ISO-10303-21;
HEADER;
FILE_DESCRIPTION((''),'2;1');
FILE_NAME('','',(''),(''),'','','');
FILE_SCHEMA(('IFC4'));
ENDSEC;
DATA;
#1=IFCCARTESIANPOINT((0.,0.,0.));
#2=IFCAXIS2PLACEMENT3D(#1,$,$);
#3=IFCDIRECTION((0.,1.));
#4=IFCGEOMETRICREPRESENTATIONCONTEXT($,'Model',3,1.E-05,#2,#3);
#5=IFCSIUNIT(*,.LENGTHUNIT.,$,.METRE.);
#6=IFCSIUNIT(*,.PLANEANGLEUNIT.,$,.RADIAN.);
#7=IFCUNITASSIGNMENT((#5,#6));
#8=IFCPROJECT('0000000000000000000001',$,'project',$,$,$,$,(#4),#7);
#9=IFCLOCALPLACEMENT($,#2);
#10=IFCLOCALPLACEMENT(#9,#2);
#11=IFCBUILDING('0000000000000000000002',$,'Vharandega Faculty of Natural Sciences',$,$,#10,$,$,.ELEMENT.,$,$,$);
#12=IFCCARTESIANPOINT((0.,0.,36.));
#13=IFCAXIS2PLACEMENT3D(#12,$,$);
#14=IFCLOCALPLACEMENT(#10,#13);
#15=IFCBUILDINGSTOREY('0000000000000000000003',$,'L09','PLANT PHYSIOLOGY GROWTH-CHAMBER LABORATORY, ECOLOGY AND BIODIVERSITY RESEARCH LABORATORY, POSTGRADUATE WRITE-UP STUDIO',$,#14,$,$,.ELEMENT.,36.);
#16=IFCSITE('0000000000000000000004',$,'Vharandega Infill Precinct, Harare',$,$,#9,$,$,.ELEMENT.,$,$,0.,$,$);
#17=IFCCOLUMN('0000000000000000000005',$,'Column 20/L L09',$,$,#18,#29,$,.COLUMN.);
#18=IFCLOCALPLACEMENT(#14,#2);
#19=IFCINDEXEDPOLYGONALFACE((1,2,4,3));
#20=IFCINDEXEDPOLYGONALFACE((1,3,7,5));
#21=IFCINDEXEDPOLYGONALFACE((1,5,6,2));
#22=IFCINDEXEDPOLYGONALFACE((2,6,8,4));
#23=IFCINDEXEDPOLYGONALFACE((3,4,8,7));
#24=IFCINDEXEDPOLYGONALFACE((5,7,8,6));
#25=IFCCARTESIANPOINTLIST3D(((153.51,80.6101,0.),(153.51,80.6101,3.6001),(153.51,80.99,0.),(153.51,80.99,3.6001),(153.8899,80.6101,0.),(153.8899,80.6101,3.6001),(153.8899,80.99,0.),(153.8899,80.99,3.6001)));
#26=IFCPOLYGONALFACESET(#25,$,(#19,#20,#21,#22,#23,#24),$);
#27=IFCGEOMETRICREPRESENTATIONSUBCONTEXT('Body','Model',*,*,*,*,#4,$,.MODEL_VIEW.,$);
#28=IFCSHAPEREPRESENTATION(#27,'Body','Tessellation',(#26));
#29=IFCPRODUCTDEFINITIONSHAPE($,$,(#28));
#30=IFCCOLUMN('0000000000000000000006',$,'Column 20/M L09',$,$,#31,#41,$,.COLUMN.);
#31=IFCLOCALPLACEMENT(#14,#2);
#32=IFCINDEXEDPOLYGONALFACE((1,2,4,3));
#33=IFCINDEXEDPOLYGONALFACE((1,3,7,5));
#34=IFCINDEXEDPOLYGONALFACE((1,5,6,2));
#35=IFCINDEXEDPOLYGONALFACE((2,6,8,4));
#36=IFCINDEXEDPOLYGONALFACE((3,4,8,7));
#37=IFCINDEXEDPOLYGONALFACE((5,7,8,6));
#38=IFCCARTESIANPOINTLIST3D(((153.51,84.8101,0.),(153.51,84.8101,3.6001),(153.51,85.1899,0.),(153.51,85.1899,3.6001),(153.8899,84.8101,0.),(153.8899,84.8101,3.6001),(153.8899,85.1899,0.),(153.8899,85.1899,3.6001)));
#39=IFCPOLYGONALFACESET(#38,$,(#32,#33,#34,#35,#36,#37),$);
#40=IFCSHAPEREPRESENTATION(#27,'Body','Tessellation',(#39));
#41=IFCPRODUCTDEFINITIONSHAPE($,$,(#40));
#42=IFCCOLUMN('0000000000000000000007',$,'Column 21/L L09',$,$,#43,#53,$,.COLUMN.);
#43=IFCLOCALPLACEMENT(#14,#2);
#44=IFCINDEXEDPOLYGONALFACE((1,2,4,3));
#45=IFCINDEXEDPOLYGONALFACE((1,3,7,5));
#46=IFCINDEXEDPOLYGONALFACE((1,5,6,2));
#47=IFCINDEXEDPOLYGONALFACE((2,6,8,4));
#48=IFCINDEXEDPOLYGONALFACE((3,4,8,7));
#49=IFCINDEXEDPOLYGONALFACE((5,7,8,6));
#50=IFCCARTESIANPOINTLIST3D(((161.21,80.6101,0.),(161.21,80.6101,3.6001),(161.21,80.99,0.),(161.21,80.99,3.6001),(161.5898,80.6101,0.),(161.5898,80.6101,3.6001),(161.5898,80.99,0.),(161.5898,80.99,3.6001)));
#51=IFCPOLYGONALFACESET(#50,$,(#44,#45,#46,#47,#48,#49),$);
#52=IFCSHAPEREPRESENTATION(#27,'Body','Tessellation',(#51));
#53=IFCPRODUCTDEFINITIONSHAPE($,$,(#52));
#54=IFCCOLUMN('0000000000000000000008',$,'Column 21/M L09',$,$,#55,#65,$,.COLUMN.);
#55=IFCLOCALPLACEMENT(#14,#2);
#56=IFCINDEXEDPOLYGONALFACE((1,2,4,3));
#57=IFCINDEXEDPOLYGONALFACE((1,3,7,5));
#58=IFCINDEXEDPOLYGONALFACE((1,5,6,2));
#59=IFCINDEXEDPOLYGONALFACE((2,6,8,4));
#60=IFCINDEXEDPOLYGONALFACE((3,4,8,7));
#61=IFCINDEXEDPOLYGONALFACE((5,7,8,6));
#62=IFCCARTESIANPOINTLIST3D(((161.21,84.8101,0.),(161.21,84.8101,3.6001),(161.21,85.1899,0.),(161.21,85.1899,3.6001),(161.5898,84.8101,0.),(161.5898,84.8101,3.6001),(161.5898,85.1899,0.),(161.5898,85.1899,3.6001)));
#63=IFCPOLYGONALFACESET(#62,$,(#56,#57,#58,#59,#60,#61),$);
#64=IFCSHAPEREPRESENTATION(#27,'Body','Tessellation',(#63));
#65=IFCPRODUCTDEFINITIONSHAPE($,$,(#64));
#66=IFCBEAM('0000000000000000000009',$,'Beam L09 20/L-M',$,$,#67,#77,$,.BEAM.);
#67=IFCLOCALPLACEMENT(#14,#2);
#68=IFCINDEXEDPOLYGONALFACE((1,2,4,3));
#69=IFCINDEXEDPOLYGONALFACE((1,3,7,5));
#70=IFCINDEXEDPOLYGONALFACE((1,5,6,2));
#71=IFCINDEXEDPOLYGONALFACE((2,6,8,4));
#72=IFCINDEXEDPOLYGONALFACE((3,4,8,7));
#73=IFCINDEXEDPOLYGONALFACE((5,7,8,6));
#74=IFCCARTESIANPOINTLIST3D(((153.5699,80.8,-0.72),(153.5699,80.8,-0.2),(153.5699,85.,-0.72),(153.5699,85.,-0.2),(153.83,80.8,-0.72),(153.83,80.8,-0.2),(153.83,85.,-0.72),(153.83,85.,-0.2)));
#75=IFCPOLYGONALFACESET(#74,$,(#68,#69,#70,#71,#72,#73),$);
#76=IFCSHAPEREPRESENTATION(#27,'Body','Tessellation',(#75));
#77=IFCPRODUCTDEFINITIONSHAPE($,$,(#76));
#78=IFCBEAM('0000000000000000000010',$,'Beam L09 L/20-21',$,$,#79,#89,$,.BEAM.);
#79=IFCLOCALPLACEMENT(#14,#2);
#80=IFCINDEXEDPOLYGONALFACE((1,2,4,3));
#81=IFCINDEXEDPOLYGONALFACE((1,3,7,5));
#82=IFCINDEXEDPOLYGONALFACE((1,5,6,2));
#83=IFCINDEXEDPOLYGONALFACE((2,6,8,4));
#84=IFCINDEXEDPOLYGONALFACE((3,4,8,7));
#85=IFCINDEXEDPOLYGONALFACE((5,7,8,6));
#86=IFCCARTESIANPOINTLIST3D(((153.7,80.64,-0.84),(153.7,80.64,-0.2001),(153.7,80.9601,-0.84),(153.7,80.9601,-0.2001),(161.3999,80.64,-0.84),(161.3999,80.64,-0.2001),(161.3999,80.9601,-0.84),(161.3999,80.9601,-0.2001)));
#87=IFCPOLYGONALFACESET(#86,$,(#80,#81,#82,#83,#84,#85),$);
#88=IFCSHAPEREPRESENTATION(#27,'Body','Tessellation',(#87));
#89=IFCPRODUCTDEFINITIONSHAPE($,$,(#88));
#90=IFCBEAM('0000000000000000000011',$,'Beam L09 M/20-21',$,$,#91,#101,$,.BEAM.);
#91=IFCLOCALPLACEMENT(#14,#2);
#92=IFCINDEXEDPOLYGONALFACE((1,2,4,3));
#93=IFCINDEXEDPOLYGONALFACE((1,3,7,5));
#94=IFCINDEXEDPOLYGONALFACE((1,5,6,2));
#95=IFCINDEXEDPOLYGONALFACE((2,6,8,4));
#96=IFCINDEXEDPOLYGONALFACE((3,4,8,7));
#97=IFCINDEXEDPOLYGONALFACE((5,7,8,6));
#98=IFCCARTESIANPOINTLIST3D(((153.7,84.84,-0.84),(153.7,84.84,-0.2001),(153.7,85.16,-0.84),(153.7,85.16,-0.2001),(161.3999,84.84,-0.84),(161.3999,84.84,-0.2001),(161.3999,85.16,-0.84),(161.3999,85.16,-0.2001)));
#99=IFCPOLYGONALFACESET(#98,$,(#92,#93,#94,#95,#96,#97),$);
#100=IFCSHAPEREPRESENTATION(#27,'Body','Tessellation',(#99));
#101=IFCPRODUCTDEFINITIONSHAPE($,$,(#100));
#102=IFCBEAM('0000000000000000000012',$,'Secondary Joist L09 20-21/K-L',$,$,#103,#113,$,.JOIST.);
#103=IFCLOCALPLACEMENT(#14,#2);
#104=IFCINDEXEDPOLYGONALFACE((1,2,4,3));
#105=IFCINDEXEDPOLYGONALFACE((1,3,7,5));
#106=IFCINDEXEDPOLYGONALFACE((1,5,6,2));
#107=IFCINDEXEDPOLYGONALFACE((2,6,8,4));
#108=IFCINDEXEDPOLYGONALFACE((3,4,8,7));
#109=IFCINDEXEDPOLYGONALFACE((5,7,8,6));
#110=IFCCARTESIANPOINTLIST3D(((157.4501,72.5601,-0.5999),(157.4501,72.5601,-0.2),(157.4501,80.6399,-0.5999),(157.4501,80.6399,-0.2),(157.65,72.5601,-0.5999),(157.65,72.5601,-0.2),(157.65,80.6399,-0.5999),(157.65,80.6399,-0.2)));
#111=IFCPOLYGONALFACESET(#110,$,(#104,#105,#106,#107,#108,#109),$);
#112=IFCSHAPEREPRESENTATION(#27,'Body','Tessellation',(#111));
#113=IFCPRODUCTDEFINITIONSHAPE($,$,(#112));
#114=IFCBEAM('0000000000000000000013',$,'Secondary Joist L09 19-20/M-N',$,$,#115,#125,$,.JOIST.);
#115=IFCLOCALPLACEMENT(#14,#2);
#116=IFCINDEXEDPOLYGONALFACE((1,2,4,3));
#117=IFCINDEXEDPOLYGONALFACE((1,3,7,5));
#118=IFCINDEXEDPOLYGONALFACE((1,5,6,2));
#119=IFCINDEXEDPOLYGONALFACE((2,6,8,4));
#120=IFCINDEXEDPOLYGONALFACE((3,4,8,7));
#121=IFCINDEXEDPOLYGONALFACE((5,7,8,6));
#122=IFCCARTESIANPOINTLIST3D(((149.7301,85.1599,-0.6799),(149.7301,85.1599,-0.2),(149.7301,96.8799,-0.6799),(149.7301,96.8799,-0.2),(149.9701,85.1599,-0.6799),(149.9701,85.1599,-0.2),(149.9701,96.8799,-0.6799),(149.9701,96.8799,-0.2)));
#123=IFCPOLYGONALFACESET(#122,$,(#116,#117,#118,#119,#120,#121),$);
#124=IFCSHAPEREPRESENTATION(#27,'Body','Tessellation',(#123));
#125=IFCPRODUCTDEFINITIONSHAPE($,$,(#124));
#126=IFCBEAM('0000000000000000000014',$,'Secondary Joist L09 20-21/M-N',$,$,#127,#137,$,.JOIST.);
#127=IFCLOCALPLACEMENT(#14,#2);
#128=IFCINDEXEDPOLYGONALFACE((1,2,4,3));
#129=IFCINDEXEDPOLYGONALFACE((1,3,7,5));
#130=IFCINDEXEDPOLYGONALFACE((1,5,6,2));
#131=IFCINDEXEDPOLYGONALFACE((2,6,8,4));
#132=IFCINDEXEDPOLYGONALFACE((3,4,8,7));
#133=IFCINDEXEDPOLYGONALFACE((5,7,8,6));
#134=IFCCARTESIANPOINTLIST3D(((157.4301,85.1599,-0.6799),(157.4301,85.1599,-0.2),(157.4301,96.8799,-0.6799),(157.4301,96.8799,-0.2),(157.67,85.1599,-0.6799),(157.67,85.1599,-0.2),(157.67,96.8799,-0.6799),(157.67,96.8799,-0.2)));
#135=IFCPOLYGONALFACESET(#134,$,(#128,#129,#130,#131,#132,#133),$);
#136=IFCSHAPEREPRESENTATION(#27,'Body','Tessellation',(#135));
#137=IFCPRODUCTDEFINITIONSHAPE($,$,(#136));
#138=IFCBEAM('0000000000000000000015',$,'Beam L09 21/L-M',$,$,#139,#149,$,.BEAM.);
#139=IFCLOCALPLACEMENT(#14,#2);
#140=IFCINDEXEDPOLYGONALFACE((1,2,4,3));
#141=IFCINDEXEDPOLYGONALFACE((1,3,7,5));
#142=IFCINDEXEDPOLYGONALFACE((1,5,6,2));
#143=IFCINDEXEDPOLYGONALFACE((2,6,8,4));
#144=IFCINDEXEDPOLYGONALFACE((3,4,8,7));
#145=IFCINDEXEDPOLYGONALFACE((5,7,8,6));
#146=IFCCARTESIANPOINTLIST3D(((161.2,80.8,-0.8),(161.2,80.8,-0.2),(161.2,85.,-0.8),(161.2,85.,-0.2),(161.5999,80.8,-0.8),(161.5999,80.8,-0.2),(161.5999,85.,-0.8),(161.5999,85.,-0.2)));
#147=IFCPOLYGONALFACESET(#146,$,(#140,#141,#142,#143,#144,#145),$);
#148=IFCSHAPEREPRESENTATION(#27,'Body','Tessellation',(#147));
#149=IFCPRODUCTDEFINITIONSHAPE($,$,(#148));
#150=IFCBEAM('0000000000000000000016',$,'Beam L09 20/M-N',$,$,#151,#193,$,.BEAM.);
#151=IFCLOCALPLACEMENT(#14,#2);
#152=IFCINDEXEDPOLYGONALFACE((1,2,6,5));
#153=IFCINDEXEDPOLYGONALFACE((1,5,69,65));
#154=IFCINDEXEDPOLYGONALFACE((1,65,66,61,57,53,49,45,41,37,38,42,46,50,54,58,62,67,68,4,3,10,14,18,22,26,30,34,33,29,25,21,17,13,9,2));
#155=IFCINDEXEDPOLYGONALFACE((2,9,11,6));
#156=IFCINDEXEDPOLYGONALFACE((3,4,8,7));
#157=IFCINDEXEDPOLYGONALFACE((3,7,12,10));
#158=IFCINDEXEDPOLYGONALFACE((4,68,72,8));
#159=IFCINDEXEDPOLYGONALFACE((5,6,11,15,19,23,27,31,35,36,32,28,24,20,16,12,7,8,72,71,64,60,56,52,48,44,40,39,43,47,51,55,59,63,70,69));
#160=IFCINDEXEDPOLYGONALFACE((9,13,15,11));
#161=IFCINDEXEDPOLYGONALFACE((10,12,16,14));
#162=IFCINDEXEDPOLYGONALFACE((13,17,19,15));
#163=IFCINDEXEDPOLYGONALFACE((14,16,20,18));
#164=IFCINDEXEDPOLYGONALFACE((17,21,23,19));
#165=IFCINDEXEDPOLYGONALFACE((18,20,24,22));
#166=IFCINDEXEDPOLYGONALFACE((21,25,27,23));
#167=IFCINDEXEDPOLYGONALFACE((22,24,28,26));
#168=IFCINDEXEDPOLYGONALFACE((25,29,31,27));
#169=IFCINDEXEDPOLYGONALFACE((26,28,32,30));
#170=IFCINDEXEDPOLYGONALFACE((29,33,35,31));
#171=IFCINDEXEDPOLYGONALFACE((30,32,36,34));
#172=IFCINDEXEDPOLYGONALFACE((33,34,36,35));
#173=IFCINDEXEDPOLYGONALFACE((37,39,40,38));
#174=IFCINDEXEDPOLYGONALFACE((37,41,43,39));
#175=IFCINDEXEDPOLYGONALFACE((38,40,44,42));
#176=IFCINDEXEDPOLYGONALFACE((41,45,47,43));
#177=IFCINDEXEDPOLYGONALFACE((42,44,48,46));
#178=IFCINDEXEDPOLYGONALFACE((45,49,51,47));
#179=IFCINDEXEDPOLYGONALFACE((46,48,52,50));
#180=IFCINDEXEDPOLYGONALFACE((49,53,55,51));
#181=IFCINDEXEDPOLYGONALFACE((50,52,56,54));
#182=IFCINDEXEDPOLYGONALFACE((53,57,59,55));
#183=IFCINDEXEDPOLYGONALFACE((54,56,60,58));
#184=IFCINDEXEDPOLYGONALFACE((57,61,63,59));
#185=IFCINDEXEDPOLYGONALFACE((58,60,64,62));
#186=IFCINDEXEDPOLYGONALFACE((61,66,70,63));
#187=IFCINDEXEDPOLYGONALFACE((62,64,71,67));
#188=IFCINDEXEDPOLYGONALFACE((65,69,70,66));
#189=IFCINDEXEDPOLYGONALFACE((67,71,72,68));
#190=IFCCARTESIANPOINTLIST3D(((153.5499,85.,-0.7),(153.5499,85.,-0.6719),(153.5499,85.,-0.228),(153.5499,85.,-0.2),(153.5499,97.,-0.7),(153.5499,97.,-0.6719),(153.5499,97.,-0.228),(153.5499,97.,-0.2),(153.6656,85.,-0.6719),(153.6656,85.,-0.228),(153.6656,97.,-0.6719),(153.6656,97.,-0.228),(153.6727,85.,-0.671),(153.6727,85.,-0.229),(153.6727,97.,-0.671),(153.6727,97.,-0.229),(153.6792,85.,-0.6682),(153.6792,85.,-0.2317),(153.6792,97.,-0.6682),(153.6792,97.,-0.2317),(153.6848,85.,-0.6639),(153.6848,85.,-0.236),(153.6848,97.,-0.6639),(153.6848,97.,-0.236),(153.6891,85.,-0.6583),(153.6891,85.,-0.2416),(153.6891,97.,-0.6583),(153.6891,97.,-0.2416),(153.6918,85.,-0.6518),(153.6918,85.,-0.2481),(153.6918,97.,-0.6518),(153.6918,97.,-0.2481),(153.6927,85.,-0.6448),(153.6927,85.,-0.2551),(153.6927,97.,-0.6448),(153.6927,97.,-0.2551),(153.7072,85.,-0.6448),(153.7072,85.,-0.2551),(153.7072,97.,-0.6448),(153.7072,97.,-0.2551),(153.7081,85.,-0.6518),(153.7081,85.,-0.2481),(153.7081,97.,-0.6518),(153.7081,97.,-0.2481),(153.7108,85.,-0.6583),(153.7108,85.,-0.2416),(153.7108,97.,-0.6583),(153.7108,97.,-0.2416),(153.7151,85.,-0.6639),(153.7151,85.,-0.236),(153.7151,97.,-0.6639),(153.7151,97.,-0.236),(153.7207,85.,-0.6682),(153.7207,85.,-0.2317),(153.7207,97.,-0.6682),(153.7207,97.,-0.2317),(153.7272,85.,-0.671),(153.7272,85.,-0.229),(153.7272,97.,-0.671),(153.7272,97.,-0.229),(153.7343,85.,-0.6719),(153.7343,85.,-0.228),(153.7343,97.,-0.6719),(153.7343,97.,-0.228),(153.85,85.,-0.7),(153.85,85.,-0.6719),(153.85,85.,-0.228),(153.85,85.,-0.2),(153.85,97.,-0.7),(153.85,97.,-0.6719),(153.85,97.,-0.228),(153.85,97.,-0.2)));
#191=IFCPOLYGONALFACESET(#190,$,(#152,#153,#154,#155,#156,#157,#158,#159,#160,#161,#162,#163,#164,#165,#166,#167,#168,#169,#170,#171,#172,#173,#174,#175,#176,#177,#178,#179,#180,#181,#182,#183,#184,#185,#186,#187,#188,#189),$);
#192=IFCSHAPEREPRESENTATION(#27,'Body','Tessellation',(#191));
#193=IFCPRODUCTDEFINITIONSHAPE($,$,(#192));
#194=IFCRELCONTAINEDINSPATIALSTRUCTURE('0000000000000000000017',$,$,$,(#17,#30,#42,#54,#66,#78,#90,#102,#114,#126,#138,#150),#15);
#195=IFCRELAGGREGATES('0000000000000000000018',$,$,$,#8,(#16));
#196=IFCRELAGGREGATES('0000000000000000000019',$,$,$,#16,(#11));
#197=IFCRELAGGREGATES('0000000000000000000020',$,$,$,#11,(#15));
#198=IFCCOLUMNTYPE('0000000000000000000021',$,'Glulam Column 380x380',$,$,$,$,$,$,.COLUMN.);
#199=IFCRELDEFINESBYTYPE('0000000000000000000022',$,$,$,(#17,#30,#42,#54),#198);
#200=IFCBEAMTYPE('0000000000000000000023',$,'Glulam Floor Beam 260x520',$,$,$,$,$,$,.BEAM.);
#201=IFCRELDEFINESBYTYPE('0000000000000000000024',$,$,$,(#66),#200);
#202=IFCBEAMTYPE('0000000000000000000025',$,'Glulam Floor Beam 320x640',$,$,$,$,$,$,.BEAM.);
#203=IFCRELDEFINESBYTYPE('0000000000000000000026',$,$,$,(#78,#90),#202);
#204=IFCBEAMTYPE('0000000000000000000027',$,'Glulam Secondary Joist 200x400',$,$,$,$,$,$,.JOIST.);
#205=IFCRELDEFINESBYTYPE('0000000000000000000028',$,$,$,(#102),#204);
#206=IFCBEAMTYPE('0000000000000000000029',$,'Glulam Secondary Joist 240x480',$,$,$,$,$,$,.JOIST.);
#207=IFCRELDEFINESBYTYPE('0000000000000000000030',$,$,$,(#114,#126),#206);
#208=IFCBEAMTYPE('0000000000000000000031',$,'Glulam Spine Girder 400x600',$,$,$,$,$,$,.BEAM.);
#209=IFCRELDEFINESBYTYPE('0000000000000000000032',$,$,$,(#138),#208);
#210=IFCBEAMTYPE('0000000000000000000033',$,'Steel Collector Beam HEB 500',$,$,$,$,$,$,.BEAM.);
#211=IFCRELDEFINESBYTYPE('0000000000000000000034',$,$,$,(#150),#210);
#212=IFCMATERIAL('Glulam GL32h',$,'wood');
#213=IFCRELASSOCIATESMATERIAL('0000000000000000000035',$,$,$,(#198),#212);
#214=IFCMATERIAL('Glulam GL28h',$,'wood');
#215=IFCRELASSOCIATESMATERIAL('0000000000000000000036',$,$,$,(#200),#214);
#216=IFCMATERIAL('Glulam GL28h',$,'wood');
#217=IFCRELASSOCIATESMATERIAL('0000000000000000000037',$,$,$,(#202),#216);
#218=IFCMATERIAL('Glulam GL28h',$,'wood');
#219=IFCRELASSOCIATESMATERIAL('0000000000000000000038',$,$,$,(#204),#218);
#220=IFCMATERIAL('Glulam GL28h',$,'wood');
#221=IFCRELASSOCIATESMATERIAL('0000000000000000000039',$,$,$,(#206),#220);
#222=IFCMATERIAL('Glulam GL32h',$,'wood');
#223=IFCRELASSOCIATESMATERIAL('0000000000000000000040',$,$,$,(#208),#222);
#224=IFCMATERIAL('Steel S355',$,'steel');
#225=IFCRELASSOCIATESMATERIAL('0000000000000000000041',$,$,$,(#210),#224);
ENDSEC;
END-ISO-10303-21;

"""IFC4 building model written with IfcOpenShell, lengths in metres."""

from ifc_helpers import new_model, si_unit, direction, frame, origin, origin_2d, place, context, subcontext, project, spatial, rectangle, i_section, extrude, material, material_profile, profile_set, type_object, element, save


model = new_model("IFC4")

# Units and contexts
model_context = context("Model", 3, precision=1e-05, world=origin(), true_north=direction((0.0, 1.0)))
body_context = subcontext(model_context, "Body", "Model", "MODEL_VIEW")
ifc_project = project(units=[si_unit("LENGTHUNIT", "METRE"), si_unit("PLANEANGLEUNIT", "RADIAN")], contexts=[model_context])

# Site, building, storey
site_placement = place(None, origin())
site = spatial("IfcSite", under=ifc_project, at=site_placement, Name="Vharandega Infill Precinct, Harare", CompositionType="ELEMENT", RefElevation=0.0)
building_placement = place(site_placement, origin())
building = spatial("IfcBuilding", under=site, at=building_placement, Name="Vharandega Faculty of Natural Sciences", CompositionType="ELEMENT")
storey_placement = place(building_placement, frame((0.0, 0.0, 36.0)))
storey = spatial("IfcBuildingStorey", under=building, at=storey_placement, Name="L09", Description="PLANT PHYSIOLOGY GROWTH-CHAMBER LABORATORY, ECOLOGY AND BIODIVERSITY RESEARCH LABORATORY, POSTGRADUATE WRITE-UP STUDIO", CompositionType="ELEMENT", Elevation=36.0)

# Columns
ifc_material_1 = material(Name="Glulam GL32h", Category="wood")
ifc_material_profile_1 = material_profile(ifc_material_1, rectangle(XDim=0.3799, YDim=0.3799, at=origin_2d()), Name="GL32h 380x380")
ifc_profile_set_1 = profile_set([ifc_material_profile_1], Name="Glulam GL32h")
column_type = type_object("IfcColumnType", Name="Glulam Column 380x380", PredefinedType="COLUMN", material=ifc_profile_set_1)
for number, where, z_axis, x_axis, name in (
    (1, (153.7, 80.8, 0.0), (0.0, 0.0, 1.0), (1.0, 0.0, 0.0), "Column 20/L L09"),
    (2, (153.7, 85.0, 0.0), (0.0, 0.0, 1.0), (1.0, 0.0, 0.0), "Column 20/M L09"),
    (3, (161.3999, 80.8, 0.0), (0.0, 0.0, 1.0), (1.0, 0.0, 0.0), "Column 21/L L09"),
    (4, (161.3999, 85.0, 0.0), (0.0, 0.0, 1.0), (1.0, 0.0, 0.0), "Column 21/M L09"),
):
    element("IfcColumn", number, at=place(storey_placement, frame(where, z_axis=z_axis, x_axis=x_axis)), inside=storey, type_object=column_type, Name=name, PredefinedType="COLUMN", context=body_context, shape_type="SweptSolid", body=[
        extrude(rectangle(XDim=0.3799, YDim=0.3799, at=origin_2d()), origin(), (0.0, 0.0, 1.0), 3.6001),
    ])

# Beams
ifc_material_2 = material(Name="Glulam GL28h", Category="wood")
ifc_material_profile_2 = material_profile(ifc_material_2, rectangle(XDim=0.26, YDim=0.52, at=origin_2d()), Name="GL28h 260x520")
ifc_profile_set_2 = profile_set([ifc_material_profile_2], Name="Glulam GL28h")
beam_type_1 = type_object("IfcBeamType", Name="Glulam Floor Beam 260x520", PredefinedType="BEAM", material=ifc_profile_set_2)
beam_1_placement = place(storey_placement, frame((153.7, 80.8, -0.46), z_axis=(0.0, 1.0, 0.0), x_axis=(-1.0, 0.0, 0.0)))
element("IfcBeam", 5, at=beam_1_placement, inside=storey, type_object=beam_type_1, Name="Beam L09 20/L-M", PredefinedType="BEAM", context=body_context, shape_type="SweptSolid", body=[
    extrude(rectangle(XDim=0.26, YDim=0.52, at=origin_2d()), origin(), (0.0, 0.0, 1.0), 4.2),
])
ifc_material_3 = material(Name="Glulam GL28h", Category="wood")
ifc_material_profile_3 = material_profile(ifc_material_3, rectangle(XDim=0.3201, YDim=0.6399, at=origin_2d()), Name="GL28h 320x640")
ifc_profile_set_3 = profile_set([ifc_material_profile_3], Name="Glulam GL28h")
beam_type_2 = type_object("IfcBeamType", Name="Glulam Floor Beam 320x640", PredefinedType="BEAM", material=ifc_profile_set_3)
for number, where, z_axis, x_axis, name in (
    (6, (153.7, 80.8, -0.52), (1.0, 0.0, 0.0), (0.0, 1.0, 0.0), "Beam L09 L/20-21"),
    (7, (153.7, 85.0, -0.52), (1.0, 0.0, 0.0), (0.0, 1.0, 0.0), "Beam L09 M/20-21"),
):
    element("IfcBeam", number, at=place(storey_placement, frame(where, z_axis=z_axis, x_axis=x_axis)), inside=storey, type_object=beam_type_2, Name=name, PredefinedType="BEAM", context=body_context, shape_type="SweptSolid", body=[
        extrude(rectangle(XDim=0.3201, YDim=0.6399, at=origin_2d()), origin(), (0.0, 0.0, 1.0), 7.7),
    ])
ifc_material_4 = material(Name="Glulam GL28h", Category="wood")
ifc_material_profile_4 = material_profile(ifc_material_4, rectangle(XDim=0.2, YDim=0.3999, at=origin_2d()), Name="GL28h 200x400")
ifc_profile_set_4 = profile_set([ifc_material_profile_4], Name="Glulam GL28h")
beam_type_3 = type_object("IfcBeamType", Name="Glulam Secondary Joist 200x400", PredefinedType="JOIST", material=ifc_profile_set_4)
beam_2_placement = place(storey_placement, frame((157.55, 72.5601, -0.3999), z_axis=(0.0, 1.0, 0.0), x_axis=(-1.0, 0.0, 0.0)))
element("IfcBeam", 8, at=beam_2_placement, inside=storey, type_object=beam_type_3, Name="Secondary Joist L09 20-21/K-L", PredefinedType="JOIST", context=body_context, shape_type="SweptSolid", body=[
    extrude(rectangle(XDim=0.2, YDim=0.3999, at=origin_2d()), origin(), (0.0, 0.0, 1.0), 8.0798),
])
ifc_material_5 = material(Name="Glulam GL28h", Category="wood")
ifc_material_profile_5 = material_profile(ifc_material_5, rectangle(XDim=0.24, YDim=0.48, at=origin_2d()), Name="GL28h 240x480")
ifc_profile_set_5 = profile_set([ifc_material_profile_5], Name="Glulam GL28h")
beam_type_4 = type_object("IfcBeamType", Name="Glulam Secondary Joist 240x480", PredefinedType="JOIST", material=ifc_profile_set_5)
for number, where, z_axis, x_axis, name in (
    (9, (149.8501, 85.1599, -0.4399), (0.0, 1.0, 0.0), (-1.0, 0.0, 0.0), "Secondary Joist L09 19-20/M-N"),
    (10, (157.55, 85.1599, -0.4399), (0.0, 1.0, 0.0), (-1.0, 0.0, 0.0), "Secondary Joist L09 20-21/M-N"),
):
    element("IfcBeam", number, at=place(storey_placement, frame(where, z_axis=z_axis, x_axis=x_axis)), inside=storey, type_object=beam_type_4, Name=name, PredefinedType="JOIST", context=body_context, shape_type="SweptSolid", body=[
        extrude(rectangle(XDim=0.24, YDim=0.48, at=origin_2d()), origin(), (0.0, 0.0, 1.0), 11.72),
    ])
ifc_material_6 = material(Name="Glulam GL32h", Category="wood")
ifc_material_profile_6 = material_profile(ifc_material_6, rectangle(XDim=0.3999, YDim=0.6001, at=origin_2d()), Name="GL32h 400x600")
ifc_profile_set_6 = profile_set([ifc_material_profile_6], Name="Glulam GL32h")
beam_type_5 = type_object("IfcBeamType", Name="Glulam Spine Girder 400x600", PredefinedType="BEAM", material=ifc_profile_set_6)
beam_3_placement = place(storey_placement, frame((161.3999, 80.8, -0.5), z_axis=(0.0, 1.0, 0.0), x_axis=(-1.0, 0.0, 0.0)))
element("IfcBeam", 11, at=beam_3_placement, inside=storey, type_object=beam_type_5, Name="Beam L09 21/L-M", PredefinedType="BEAM", context=body_context, shape_type="SweptSolid", body=[
    extrude(rectangle(XDim=0.3999, YDim=0.6001, at=origin_2d()), origin(), (0.0, 0.0, 1.0), 4.2),
])
ifc_material_7 = material(Name="Steel S355", Category="steel")
ifc_material_profile_7 = material_profile(ifc_material_7, i_section(OverallWidth=0.3, OverallDepth=0.5, WebThickness=0.0144, FlangeThickness=0.0281, FilletRadius=0.0271, at=origin_2d()), Name="HEB 500")
ifc_profile_set_7 = profile_set([ifc_material_profile_7], Name="Steel S355")
beam_type_6 = type_object("IfcBeamType", Name="Steel Collector Beam HEB 500", PredefinedType="BEAM", material=ifc_profile_set_7)
for number, where, z_axis, x_axis, name in (
    (12, (153.7, 85.0, -0.45), (0.0, 1.0, 0.0), (-1.0, 0.0, 0.0), "Beam L09 20/M-N"),
):
    element("IfcBeam", number, at=place(storey_placement, frame(where, z_axis=z_axis, x_axis=x_axis)), inside=storey, type_object=beam_type_6, Name=name, PredefinedType="BEAM", context=body_context, shape_type="SweptSolid", body=[
        extrude(i_section(OverallWidth=0.3, OverallDepth=0.5, WebThickness=0.0144, FlangeThickness=0.0281, FilletRadius=0.0271, at=origin_2d()), origin(), (0.0, 0.0, 1.0), 12.0),
    ])

save(model, "model.ifc")
